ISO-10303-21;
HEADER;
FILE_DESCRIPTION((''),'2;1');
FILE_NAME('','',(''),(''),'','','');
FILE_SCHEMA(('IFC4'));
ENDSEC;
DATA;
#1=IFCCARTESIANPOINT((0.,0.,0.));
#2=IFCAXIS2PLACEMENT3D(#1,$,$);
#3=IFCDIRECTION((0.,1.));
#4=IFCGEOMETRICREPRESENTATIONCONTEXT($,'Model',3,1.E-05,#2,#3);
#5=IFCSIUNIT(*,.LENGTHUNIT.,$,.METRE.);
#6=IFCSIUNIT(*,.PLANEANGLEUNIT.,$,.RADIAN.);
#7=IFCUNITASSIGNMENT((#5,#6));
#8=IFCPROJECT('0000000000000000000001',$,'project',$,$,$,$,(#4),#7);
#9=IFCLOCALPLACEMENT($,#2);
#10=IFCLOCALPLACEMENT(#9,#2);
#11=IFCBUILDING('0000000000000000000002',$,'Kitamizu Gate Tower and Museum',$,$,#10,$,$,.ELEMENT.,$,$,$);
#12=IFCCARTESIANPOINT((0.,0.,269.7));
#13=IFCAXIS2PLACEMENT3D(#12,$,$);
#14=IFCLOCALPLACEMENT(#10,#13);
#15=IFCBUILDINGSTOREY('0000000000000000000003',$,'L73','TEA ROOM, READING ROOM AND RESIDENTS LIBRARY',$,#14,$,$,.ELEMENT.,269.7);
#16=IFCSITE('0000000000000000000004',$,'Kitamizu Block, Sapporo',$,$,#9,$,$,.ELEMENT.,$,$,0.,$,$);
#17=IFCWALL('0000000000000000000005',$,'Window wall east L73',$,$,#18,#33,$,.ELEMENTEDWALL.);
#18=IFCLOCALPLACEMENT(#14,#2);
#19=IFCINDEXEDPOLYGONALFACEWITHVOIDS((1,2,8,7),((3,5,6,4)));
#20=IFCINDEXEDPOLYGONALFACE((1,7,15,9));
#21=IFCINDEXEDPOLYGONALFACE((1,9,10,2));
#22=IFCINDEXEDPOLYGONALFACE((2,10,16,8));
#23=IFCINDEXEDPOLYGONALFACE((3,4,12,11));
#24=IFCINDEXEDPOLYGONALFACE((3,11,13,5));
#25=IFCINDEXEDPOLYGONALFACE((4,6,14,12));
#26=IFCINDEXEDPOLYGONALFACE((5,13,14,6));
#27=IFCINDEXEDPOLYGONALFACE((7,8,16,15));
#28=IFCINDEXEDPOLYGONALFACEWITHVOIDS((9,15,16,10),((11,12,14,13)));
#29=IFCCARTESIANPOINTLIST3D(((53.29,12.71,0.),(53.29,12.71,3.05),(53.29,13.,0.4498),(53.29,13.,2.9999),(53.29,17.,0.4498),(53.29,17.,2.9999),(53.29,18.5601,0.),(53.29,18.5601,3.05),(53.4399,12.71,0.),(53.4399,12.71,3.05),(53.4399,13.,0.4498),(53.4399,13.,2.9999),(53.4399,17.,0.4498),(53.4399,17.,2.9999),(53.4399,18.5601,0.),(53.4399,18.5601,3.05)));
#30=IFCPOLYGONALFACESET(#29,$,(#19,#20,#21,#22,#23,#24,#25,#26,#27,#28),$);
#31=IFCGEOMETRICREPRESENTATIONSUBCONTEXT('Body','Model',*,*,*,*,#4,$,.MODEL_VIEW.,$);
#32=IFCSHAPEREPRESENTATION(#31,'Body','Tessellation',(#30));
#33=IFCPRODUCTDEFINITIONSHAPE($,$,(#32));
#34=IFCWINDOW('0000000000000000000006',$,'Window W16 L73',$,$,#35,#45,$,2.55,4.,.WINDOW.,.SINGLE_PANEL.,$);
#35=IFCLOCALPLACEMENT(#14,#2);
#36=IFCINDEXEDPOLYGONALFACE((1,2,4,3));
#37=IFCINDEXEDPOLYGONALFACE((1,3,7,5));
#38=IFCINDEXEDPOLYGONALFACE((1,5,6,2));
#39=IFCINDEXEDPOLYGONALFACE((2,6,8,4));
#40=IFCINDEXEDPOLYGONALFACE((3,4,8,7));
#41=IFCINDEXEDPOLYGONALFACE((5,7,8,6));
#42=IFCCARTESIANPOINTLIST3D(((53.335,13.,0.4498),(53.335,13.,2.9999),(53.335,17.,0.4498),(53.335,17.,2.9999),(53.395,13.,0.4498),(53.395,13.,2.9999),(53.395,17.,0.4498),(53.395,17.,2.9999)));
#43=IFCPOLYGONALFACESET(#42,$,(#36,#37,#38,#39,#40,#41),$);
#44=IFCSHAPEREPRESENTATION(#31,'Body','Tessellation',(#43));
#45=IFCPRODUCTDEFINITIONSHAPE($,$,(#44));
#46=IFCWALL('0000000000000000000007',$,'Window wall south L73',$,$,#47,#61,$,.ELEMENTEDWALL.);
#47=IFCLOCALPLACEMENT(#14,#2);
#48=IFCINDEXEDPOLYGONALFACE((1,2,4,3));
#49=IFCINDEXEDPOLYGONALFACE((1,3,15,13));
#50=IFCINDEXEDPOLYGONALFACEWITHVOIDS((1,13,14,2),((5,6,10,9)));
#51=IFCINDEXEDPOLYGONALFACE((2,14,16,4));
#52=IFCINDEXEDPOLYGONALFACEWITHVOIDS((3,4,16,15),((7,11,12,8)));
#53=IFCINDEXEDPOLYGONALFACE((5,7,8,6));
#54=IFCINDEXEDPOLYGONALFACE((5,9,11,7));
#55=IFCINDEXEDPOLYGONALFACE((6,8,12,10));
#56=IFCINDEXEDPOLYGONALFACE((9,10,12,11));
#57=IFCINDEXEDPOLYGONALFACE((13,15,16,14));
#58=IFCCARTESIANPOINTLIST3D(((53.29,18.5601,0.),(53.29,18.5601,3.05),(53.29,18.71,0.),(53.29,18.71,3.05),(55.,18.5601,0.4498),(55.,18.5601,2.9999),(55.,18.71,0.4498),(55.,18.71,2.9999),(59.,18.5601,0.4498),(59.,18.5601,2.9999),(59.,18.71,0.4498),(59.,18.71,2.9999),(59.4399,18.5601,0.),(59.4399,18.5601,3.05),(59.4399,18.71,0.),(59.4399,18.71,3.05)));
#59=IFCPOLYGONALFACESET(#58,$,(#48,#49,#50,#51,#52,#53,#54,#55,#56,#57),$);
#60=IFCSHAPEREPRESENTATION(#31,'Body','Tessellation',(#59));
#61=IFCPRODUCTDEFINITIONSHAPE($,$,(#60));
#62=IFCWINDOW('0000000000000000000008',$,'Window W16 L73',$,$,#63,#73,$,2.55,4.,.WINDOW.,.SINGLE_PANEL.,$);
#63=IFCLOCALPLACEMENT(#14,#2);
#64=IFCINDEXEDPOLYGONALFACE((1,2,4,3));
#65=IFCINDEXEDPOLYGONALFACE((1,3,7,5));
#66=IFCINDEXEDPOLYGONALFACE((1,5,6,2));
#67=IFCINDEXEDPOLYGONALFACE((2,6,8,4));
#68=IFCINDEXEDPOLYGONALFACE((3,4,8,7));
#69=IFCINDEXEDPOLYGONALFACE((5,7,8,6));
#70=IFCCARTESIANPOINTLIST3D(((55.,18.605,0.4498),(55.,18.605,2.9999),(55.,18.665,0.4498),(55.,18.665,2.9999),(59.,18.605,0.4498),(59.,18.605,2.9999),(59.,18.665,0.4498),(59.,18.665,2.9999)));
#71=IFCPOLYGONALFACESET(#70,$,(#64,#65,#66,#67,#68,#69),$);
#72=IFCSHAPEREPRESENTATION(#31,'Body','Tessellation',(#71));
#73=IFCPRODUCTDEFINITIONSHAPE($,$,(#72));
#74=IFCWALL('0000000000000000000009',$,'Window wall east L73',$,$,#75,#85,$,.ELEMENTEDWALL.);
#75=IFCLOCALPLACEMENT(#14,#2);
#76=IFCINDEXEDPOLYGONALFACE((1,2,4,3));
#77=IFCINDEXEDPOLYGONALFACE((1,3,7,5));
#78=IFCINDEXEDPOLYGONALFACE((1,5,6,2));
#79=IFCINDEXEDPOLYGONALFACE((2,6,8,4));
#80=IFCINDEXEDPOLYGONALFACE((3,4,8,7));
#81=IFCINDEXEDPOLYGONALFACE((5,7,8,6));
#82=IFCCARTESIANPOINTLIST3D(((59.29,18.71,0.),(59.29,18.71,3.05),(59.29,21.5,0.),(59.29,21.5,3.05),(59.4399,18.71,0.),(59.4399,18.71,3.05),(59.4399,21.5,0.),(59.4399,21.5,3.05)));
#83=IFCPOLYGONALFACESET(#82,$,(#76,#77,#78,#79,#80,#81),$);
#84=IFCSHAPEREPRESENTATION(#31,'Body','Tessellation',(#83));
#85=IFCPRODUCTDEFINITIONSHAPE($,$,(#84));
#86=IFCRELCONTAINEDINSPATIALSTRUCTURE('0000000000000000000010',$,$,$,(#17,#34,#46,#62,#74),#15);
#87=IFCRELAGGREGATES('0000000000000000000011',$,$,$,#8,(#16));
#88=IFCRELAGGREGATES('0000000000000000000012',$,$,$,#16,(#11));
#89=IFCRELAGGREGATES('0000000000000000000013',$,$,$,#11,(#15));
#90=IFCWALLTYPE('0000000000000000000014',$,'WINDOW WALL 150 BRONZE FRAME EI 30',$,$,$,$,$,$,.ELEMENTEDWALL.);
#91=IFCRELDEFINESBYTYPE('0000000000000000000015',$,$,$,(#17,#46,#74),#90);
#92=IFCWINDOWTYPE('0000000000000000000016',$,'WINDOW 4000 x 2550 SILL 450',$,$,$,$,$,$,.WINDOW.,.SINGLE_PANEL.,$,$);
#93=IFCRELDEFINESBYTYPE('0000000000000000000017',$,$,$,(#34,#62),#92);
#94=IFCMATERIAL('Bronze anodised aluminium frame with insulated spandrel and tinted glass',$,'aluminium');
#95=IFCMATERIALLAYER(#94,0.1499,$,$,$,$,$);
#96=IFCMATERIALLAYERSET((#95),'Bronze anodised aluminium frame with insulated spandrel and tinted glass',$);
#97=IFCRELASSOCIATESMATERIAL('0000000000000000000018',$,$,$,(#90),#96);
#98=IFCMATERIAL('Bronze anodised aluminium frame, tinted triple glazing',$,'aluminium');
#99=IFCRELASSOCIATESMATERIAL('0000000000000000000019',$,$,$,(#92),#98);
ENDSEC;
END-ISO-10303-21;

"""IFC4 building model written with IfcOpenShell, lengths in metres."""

from ifc_helpers import new_model, si_unit, direction, frame, frame_2d, origin, place, context, subcontext, project, spatial, rectangle, extrude, material, layer, layer_set, type_object, element, fill, save


model = new_model("IFC4")

# Units and contexts
model_context = context("Model", 3, precision=1e-05, world=origin(), true_north=direction((0.0, 1.0)))
body_context = subcontext(model_context, "Body", "Model", "MODEL_VIEW")
ifc_project = project(units=[si_unit("LENGTHUNIT", "METRE"), si_unit("PLANEANGLEUNIT", "RADIAN")], contexts=[model_context])

# Site, building, storey
site_placement = place(None, origin())
site = spatial("IfcSite", under=ifc_project, at=site_placement, Name="Kitamizu Block, Sapporo", CompositionType="ELEMENT", RefElevation=0.0)
building_placement = place(site_placement, origin())
building = spatial("IfcBuilding", under=site, at=building_placement, Name="Kitamizu Gate Tower and Museum", CompositionType="ELEMENT")
storey_placement = place(building_placement, frame((0.0, 0.0, 269.7)))
storey = spatial("IfcBuildingStorey", under=building, at=storey_placement, Name="L73", Description="TEA ROOM, READING ROOM AND RESIDENTS LIBRARY", CompositionType="ELEMENT", Elevation=269.7)

# Walls, openings, windows
ifc_material_1 = material(Name="Bronze anodised aluminium frame with insulated spandrel and tinted glass", Category="aluminium")
ifc_layer_1 = layer(ifc_material_1, 0.1499)
ifc_layer_set_1 = layer_set([ifc_layer_1], Name="Bronze anodised aluminium frame with insulated spandrel and tinted glass")
wall_type_1 = type_object("IfcWallType", Name="WINDOW WALL 150 BRONZE FRAME EI 30", PredefinedType="ELEMENTEDWALL", material=ifc_layer_set_1)
wall_1_placement = place(storey_placement, frame((53.365, 12.71, 0.0), z_axis=(0.0, 0.0, 1.0), x_axis=(0.0, 1.0, 0.0)))
wall_1 = element("IfcWall", 1, at=wall_1_placement, inside=storey, type_object=wall_type_1, Name="Window wall east L73", PredefinedType="ELEMENTEDWALL", context=body_context, shape_type="SweptSolid", body=[
    extrude(rectangle(XDim=5.8501, YDim=0.1499, at=frame_2d((2.925, 0.0))), origin(), (0.0, 0.0, 1.0), 3.05),
])
opening_1_placement = place(wall_1_placement, frame((0.29, 0.0, 0.45)))
opening_1 = element("IfcOpeningElement", 2, at=opening_1_placement, cuts=wall_1, PredefinedType="OPENING", context=body_context, shape_type="SweptSolid", body=[
    extrude(rectangle(XDim=4.0, YDim=2.55, at=frame_2d((2.0, 1.2749))), frame((0.0, 0.085, 0.0), z_axis=(0.0, -1.0, 0.0), x_axis=(1.0, 0.0, 0.0)), (0.0, 0.0, 1.0), 0.1699),
])
ifc_material_2 = material(Name="Bronze anodised aluminium frame, tinted triple glazing", Category="aluminium")
window_type = type_object("IfcWindowType", Name="WINDOW 4000 x 2550 SILL 450", PartitioningType="SINGLE_PANEL", PredefinedType="WINDOW", material=ifc_material_2)
window_1_placement = place(opening_1_placement, origin())
window_1 = element("IfcWindow", 3, at=window_1_placement, inside=storey, type_object=window_type, Name="Window W16 L73", OverallHeight=2.55, OverallWidth=4.0, PartitioningType="SINGLE_PANEL", PredefinedType="WINDOW", context=body_context, shape_type="SweptSolid", body=[
    extrude(rectangle(XDim=4.0, YDim=2.55, at=frame_2d((2.0, 1.2749))), frame((0.0, 0.03, 0.0), z_axis=(0.0, -1.0, 0.0), x_axis=(1.0, 0.0, 0.0)), (0.0, 0.0, 1.0), 0.0601),
])
fill(opening_1, window_1)
wall_2_placement = place(storey_placement, frame((53.29, 18.635, 0.0), z_axis=(0.0, 0.0, 1.0), x_axis=(1.0, 0.0, 0.0)))
wall_2 = element("IfcWall", 4, at=wall_2_placement, inside=storey, type_object=wall_type_1, Name="Window wall south L73", PredefinedType="ELEMENTEDWALL", context=body_context, shape_type="SweptSolid", body=[
    extrude(rectangle(XDim=6.1499, YDim=0.1499, at=frame_2d((3.075, 0.0))), origin(), (0.0, 0.0, 1.0), 3.05),
])
opening_2_placement = place(wall_2_placement, frame((1.71, 0.0, 0.45)))
opening_2 = element("IfcOpeningElement", 5, at=opening_2_placement, cuts=wall_2, PredefinedType="OPENING", context=body_context, shape_type="SweptSolid", body=[
    extrude(rectangle(XDim=4.0, YDim=2.55, at=frame_2d((2.0, 1.2749))), frame((0.0, 0.085, 0.0), z_axis=(0.0, -1.0, 0.0), x_axis=(1.0, 0.0, 0.0)), (0.0, 0.0, 1.0), 0.1699),
])
window_2_placement = place(opening_2_placement, origin())
window_2 = element("IfcWindow", 6, at=window_2_placement, inside=storey, type_object=window_type, Name="Window W16 L73", OverallHeight=2.55, OverallWidth=4.0, PartitioningType="SINGLE_PANEL", PredefinedType="WINDOW", context=body_context, shape_type="SweptSolid", body=[
    extrude(rectangle(XDim=4.0, YDim=2.55, at=frame_2d((2.0, 1.2749))), frame((0.0, 0.03, 0.0), z_axis=(0.0, -1.0, 0.0), x_axis=(1.0, 0.0, 0.0)), (0.0, 0.0, 1.0), 0.0601),
])
fill(opening_2, window_2)

# Wall
wall_3_placement = place(storey_placement, frame((59.365, 18.71, 0.0), z_axis=(0.0, 0.0, 1.0), x_axis=(0.0, 1.0, 0.0)))
element("IfcWall", 7, at=wall_3_placement, inside=storey, type_object=wall_type_1, Name="Window wall east L73", PredefinedType="ELEMENTEDWALL", context=body_context, shape_type="SweptSolid", body=[
    extrude(rectangle(XDim=2.79, YDim=0.1499, at=frame_2d((1.395, 0.0))), origin(), (0.0, 0.0, 1.0), 3.05),
])

save(model, "model.ifc")
